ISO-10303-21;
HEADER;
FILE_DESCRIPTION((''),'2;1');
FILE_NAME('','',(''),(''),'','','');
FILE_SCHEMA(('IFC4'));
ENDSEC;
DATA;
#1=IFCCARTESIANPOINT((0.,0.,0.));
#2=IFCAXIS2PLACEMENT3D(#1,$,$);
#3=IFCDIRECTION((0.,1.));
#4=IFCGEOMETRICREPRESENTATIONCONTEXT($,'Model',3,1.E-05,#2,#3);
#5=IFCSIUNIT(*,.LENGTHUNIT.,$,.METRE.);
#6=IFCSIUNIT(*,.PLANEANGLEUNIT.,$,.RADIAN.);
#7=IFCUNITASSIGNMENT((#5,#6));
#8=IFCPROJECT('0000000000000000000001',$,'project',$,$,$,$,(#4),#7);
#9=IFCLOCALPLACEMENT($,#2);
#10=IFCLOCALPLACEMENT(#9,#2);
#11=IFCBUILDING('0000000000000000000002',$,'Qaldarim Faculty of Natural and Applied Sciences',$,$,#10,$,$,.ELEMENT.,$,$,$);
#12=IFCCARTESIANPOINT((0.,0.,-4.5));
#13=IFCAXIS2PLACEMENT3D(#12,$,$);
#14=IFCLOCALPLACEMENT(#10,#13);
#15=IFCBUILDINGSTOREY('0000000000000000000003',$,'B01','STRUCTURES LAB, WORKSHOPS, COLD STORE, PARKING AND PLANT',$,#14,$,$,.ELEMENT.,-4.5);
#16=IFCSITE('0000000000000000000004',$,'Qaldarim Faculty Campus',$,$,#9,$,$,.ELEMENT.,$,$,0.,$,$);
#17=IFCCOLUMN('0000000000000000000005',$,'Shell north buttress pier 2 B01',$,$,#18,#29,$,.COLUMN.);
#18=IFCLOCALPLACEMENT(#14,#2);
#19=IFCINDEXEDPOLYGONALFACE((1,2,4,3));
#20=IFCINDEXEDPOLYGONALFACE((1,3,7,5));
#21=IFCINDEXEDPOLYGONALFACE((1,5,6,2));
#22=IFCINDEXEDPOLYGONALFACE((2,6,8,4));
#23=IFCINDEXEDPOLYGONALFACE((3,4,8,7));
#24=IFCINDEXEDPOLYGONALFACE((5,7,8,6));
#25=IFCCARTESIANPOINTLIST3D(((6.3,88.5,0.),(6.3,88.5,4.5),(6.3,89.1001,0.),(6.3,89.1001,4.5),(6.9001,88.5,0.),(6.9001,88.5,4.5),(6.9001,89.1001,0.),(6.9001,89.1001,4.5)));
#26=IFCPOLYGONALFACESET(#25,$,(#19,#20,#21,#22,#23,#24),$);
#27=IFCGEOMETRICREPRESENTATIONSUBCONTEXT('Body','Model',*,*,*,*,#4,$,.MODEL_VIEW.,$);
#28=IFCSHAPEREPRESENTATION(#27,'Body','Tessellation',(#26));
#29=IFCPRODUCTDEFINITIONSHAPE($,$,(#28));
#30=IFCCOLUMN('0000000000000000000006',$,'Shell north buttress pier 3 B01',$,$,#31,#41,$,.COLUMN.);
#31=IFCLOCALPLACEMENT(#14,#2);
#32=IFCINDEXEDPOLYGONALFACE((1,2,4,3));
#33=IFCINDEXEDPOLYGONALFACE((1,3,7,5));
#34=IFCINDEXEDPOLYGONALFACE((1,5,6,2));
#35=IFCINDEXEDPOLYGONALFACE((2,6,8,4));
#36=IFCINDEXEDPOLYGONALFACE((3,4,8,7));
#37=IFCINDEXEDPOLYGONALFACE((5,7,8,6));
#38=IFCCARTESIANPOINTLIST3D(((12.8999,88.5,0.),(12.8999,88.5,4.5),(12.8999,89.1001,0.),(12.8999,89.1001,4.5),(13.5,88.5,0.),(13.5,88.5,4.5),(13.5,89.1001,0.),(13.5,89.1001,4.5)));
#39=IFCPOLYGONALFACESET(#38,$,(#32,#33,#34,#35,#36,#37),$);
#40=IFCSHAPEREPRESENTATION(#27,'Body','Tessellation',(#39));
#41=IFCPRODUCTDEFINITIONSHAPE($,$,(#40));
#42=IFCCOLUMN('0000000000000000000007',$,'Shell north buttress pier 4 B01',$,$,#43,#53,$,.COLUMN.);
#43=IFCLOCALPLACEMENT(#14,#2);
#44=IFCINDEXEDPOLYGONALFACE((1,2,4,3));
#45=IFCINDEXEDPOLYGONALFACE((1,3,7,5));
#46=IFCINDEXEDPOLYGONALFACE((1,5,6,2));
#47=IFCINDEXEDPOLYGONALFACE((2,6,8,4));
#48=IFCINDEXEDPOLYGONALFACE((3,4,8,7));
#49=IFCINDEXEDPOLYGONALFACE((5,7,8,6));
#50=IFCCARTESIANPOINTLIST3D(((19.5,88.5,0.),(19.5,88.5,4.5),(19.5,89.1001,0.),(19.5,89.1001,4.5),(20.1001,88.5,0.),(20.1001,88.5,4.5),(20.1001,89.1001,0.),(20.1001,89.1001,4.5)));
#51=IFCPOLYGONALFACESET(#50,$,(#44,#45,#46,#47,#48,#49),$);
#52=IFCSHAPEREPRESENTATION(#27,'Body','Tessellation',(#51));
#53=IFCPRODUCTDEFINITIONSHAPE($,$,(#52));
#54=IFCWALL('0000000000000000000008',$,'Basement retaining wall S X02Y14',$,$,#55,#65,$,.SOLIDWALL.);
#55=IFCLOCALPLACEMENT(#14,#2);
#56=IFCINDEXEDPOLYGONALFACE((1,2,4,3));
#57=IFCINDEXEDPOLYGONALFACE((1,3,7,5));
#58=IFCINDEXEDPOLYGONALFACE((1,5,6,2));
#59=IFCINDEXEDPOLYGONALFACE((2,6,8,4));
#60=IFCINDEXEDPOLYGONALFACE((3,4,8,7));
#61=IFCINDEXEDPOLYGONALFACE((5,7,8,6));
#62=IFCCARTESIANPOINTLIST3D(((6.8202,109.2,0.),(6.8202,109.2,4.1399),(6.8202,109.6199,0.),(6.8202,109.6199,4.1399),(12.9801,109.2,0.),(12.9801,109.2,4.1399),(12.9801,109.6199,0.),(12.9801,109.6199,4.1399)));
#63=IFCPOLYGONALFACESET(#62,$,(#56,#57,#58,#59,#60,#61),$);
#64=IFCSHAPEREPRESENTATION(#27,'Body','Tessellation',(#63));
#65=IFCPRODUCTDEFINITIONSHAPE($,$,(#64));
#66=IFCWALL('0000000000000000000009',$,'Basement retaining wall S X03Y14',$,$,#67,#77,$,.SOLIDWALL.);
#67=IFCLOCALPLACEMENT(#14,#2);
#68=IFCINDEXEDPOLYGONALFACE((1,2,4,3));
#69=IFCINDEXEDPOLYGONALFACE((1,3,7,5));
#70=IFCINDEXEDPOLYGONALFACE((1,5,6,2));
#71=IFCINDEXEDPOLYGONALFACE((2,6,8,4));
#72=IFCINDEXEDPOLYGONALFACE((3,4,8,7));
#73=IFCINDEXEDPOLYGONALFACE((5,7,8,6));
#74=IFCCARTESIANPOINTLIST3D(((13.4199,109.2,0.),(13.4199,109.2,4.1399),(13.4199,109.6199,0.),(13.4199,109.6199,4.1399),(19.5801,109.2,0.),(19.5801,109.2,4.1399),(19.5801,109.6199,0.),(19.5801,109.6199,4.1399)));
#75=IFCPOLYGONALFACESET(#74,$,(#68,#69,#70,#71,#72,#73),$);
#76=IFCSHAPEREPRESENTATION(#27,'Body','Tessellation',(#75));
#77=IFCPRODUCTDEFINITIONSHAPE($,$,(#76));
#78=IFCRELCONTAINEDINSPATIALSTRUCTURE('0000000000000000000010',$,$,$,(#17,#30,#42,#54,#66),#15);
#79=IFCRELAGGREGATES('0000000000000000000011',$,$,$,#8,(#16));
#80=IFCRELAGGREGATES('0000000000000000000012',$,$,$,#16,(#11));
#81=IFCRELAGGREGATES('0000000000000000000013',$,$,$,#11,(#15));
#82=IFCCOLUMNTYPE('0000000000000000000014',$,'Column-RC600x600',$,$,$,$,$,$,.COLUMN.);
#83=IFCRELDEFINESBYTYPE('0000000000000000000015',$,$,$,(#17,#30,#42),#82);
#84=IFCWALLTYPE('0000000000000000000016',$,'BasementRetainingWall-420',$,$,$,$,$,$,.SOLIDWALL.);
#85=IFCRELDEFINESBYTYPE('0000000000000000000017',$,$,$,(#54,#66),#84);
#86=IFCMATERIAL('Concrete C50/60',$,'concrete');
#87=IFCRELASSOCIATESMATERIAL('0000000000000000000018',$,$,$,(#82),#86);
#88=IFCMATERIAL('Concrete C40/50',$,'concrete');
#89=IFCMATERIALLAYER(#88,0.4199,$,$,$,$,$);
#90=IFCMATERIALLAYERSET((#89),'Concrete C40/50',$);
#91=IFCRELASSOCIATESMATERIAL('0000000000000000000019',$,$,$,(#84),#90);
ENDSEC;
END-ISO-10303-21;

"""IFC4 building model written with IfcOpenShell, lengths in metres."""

from ifc_helpers import new_model, si_unit, direction, frame, frame_2d, origin, origin_2d, place, context, subcontext, project, spatial, rectangle, extrude, material, layer, layer_set, material_profile, profile_set, type_object, element, save


model = new_model("IFC4")

# Units and contexts
model_context = context("Model", 3, precision=1e-05, world=origin(), true_north=direction((0.0, 1.0)))
body_context = subcontext(model_context, "Body", "Model", "MODEL_VIEW")
ifc_project = project(units=[si_unit("LENGTHUNIT", "METRE"), si_unit("PLANEANGLEUNIT", "RADIAN")], contexts=[model_context])

# Site, building, storey
site_placement = place(None, origin())
site = spatial("IfcSite", under=ifc_project, at=site_placement, Name="Qaldarim Faculty Campus", CompositionType="ELEMENT", RefElevation=0.0)
building_placement = place(site_placement, origin())
building = spatial("IfcBuilding", under=site, at=building_placement, Name="Qaldarim Faculty of Natural and Applied Sciences", CompositionType="ELEMENT")
storey_placement = place(building_placement, frame((0.0, 0.0, -4.5)))
storey = spatial("IfcBuildingStorey", under=building, at=storey_placement, Name="B01", Description="STRUCTURES LAB, WORKSHOPS, COLD STORE, PARKING AND PLANT", CompositionType="ELEMENT", Elevation=-4.5)

# Shared definitions
ifc_material_1 = material(Name="Concrete C40/50", Category="concrete")

# Columns
ifc_material_2 = material(Name="Concrete C50/60", Category="concrete")
ifc_material_profile_1 = material_profile(ifc_material_2, rectangle(XDim=0.6001, YDim=0.6001, at=origin_2d()), Name="RC-C600x600")
ifc_profile_set_1 = profile_set([ifc_material_profile_1], Name="Concrete C50/60")
column_type_1 = type_object("IfcColumnType", Name="Column-RC600x600", PredefinedType="COLUMN", material=ifc_profile_set_1)
for number, where, z_axis, x_axis, name in (
    (1, (6.6001, 88.8, 0.0), (0.0, 0.0, 1.0), (1.0, 0.0, 0.0), "Shell north buttress pier 2 B01"),
    (2, (13.2, 88.8, 0.0), (0.0, 0.0, 1.0), (1.0, 0.0, 0.0), "Shell north buttress pier 3 B01"),
    (3, (19.8, 88.8, 0.0), (0.0, 0.0, 1.0), (1.0, 0.0, 0.0), "Shell north buttress pier 4 B01"),
):
    element("IfcColumn", number, at=place(storey_placement, frame(where, z_axis=z_axis, x_axis=x_axis)), inside=storey, type_object=column_type_1, Name=name, PredefinedType="COLUMN", context=body_context, shape_type="SweptSolid", body=[
        extrude(rectangle(XDim=0.6001, YDim=0.6001, at=origin_2d()), origin(), (0.0, 0.0, 1.0), 4.5),
    ])

# Walls
ifc_layer_1 = layer(ifc_material_1, 0.4199)
ifc_layer_set_1 = layer_set([ifc_layer_1], Name="Concrete C40/50")
wall_type = type_object("IfcWallType", Name="BasementRetainingWall-420", PredefinedType="SOLIDWALL", material=ifc_layer_set_1)
wall_1_placement = place(storey_placement, frame((6.8201, 109.4099, 0.0), z_axis=(0.0, 0.0, 1.0), x_axis=(1.0, 0.0, 0.0)))
element("IfcWall", 4, at=wall_1_placement, inside=storey, type_object=wall_type, Name="Basement retaining wall S X02Y14", PredefinedType="SOLIDWALL", context=body_context, shape_type="SweptSolid", body=[
    extrude(rectangle(XDim=6.1599, YDim=0.4199, at=frame_2d((3.0801, 0.0))), origin(), (0.0, 0.0, 1.0), 4.1399),
])
wall_2_placement = place(storey_placement, frame((13.4199, 109.4099, 0.0), z_axis=(0.0, 0.0, 1.0), x_axis=(1.0, 0.0, 0.0)))
element("IfcWall", 5, at=wall_2_placement, inside=storey, type_object=wall_type, Name="Basement retaining wall S X03Y14", PredefinedType="SOLIDWALL", context=body_context, shape_type="SweptSolid", body=[
    extrude(rectangle(XDim=6.1602, YDim=0.4199, at=frame_2d((3.0801, 0.0))), origin(), (0.0, 0.0, 1.0), 4.1399),
])

save(model, "model.ifc")
